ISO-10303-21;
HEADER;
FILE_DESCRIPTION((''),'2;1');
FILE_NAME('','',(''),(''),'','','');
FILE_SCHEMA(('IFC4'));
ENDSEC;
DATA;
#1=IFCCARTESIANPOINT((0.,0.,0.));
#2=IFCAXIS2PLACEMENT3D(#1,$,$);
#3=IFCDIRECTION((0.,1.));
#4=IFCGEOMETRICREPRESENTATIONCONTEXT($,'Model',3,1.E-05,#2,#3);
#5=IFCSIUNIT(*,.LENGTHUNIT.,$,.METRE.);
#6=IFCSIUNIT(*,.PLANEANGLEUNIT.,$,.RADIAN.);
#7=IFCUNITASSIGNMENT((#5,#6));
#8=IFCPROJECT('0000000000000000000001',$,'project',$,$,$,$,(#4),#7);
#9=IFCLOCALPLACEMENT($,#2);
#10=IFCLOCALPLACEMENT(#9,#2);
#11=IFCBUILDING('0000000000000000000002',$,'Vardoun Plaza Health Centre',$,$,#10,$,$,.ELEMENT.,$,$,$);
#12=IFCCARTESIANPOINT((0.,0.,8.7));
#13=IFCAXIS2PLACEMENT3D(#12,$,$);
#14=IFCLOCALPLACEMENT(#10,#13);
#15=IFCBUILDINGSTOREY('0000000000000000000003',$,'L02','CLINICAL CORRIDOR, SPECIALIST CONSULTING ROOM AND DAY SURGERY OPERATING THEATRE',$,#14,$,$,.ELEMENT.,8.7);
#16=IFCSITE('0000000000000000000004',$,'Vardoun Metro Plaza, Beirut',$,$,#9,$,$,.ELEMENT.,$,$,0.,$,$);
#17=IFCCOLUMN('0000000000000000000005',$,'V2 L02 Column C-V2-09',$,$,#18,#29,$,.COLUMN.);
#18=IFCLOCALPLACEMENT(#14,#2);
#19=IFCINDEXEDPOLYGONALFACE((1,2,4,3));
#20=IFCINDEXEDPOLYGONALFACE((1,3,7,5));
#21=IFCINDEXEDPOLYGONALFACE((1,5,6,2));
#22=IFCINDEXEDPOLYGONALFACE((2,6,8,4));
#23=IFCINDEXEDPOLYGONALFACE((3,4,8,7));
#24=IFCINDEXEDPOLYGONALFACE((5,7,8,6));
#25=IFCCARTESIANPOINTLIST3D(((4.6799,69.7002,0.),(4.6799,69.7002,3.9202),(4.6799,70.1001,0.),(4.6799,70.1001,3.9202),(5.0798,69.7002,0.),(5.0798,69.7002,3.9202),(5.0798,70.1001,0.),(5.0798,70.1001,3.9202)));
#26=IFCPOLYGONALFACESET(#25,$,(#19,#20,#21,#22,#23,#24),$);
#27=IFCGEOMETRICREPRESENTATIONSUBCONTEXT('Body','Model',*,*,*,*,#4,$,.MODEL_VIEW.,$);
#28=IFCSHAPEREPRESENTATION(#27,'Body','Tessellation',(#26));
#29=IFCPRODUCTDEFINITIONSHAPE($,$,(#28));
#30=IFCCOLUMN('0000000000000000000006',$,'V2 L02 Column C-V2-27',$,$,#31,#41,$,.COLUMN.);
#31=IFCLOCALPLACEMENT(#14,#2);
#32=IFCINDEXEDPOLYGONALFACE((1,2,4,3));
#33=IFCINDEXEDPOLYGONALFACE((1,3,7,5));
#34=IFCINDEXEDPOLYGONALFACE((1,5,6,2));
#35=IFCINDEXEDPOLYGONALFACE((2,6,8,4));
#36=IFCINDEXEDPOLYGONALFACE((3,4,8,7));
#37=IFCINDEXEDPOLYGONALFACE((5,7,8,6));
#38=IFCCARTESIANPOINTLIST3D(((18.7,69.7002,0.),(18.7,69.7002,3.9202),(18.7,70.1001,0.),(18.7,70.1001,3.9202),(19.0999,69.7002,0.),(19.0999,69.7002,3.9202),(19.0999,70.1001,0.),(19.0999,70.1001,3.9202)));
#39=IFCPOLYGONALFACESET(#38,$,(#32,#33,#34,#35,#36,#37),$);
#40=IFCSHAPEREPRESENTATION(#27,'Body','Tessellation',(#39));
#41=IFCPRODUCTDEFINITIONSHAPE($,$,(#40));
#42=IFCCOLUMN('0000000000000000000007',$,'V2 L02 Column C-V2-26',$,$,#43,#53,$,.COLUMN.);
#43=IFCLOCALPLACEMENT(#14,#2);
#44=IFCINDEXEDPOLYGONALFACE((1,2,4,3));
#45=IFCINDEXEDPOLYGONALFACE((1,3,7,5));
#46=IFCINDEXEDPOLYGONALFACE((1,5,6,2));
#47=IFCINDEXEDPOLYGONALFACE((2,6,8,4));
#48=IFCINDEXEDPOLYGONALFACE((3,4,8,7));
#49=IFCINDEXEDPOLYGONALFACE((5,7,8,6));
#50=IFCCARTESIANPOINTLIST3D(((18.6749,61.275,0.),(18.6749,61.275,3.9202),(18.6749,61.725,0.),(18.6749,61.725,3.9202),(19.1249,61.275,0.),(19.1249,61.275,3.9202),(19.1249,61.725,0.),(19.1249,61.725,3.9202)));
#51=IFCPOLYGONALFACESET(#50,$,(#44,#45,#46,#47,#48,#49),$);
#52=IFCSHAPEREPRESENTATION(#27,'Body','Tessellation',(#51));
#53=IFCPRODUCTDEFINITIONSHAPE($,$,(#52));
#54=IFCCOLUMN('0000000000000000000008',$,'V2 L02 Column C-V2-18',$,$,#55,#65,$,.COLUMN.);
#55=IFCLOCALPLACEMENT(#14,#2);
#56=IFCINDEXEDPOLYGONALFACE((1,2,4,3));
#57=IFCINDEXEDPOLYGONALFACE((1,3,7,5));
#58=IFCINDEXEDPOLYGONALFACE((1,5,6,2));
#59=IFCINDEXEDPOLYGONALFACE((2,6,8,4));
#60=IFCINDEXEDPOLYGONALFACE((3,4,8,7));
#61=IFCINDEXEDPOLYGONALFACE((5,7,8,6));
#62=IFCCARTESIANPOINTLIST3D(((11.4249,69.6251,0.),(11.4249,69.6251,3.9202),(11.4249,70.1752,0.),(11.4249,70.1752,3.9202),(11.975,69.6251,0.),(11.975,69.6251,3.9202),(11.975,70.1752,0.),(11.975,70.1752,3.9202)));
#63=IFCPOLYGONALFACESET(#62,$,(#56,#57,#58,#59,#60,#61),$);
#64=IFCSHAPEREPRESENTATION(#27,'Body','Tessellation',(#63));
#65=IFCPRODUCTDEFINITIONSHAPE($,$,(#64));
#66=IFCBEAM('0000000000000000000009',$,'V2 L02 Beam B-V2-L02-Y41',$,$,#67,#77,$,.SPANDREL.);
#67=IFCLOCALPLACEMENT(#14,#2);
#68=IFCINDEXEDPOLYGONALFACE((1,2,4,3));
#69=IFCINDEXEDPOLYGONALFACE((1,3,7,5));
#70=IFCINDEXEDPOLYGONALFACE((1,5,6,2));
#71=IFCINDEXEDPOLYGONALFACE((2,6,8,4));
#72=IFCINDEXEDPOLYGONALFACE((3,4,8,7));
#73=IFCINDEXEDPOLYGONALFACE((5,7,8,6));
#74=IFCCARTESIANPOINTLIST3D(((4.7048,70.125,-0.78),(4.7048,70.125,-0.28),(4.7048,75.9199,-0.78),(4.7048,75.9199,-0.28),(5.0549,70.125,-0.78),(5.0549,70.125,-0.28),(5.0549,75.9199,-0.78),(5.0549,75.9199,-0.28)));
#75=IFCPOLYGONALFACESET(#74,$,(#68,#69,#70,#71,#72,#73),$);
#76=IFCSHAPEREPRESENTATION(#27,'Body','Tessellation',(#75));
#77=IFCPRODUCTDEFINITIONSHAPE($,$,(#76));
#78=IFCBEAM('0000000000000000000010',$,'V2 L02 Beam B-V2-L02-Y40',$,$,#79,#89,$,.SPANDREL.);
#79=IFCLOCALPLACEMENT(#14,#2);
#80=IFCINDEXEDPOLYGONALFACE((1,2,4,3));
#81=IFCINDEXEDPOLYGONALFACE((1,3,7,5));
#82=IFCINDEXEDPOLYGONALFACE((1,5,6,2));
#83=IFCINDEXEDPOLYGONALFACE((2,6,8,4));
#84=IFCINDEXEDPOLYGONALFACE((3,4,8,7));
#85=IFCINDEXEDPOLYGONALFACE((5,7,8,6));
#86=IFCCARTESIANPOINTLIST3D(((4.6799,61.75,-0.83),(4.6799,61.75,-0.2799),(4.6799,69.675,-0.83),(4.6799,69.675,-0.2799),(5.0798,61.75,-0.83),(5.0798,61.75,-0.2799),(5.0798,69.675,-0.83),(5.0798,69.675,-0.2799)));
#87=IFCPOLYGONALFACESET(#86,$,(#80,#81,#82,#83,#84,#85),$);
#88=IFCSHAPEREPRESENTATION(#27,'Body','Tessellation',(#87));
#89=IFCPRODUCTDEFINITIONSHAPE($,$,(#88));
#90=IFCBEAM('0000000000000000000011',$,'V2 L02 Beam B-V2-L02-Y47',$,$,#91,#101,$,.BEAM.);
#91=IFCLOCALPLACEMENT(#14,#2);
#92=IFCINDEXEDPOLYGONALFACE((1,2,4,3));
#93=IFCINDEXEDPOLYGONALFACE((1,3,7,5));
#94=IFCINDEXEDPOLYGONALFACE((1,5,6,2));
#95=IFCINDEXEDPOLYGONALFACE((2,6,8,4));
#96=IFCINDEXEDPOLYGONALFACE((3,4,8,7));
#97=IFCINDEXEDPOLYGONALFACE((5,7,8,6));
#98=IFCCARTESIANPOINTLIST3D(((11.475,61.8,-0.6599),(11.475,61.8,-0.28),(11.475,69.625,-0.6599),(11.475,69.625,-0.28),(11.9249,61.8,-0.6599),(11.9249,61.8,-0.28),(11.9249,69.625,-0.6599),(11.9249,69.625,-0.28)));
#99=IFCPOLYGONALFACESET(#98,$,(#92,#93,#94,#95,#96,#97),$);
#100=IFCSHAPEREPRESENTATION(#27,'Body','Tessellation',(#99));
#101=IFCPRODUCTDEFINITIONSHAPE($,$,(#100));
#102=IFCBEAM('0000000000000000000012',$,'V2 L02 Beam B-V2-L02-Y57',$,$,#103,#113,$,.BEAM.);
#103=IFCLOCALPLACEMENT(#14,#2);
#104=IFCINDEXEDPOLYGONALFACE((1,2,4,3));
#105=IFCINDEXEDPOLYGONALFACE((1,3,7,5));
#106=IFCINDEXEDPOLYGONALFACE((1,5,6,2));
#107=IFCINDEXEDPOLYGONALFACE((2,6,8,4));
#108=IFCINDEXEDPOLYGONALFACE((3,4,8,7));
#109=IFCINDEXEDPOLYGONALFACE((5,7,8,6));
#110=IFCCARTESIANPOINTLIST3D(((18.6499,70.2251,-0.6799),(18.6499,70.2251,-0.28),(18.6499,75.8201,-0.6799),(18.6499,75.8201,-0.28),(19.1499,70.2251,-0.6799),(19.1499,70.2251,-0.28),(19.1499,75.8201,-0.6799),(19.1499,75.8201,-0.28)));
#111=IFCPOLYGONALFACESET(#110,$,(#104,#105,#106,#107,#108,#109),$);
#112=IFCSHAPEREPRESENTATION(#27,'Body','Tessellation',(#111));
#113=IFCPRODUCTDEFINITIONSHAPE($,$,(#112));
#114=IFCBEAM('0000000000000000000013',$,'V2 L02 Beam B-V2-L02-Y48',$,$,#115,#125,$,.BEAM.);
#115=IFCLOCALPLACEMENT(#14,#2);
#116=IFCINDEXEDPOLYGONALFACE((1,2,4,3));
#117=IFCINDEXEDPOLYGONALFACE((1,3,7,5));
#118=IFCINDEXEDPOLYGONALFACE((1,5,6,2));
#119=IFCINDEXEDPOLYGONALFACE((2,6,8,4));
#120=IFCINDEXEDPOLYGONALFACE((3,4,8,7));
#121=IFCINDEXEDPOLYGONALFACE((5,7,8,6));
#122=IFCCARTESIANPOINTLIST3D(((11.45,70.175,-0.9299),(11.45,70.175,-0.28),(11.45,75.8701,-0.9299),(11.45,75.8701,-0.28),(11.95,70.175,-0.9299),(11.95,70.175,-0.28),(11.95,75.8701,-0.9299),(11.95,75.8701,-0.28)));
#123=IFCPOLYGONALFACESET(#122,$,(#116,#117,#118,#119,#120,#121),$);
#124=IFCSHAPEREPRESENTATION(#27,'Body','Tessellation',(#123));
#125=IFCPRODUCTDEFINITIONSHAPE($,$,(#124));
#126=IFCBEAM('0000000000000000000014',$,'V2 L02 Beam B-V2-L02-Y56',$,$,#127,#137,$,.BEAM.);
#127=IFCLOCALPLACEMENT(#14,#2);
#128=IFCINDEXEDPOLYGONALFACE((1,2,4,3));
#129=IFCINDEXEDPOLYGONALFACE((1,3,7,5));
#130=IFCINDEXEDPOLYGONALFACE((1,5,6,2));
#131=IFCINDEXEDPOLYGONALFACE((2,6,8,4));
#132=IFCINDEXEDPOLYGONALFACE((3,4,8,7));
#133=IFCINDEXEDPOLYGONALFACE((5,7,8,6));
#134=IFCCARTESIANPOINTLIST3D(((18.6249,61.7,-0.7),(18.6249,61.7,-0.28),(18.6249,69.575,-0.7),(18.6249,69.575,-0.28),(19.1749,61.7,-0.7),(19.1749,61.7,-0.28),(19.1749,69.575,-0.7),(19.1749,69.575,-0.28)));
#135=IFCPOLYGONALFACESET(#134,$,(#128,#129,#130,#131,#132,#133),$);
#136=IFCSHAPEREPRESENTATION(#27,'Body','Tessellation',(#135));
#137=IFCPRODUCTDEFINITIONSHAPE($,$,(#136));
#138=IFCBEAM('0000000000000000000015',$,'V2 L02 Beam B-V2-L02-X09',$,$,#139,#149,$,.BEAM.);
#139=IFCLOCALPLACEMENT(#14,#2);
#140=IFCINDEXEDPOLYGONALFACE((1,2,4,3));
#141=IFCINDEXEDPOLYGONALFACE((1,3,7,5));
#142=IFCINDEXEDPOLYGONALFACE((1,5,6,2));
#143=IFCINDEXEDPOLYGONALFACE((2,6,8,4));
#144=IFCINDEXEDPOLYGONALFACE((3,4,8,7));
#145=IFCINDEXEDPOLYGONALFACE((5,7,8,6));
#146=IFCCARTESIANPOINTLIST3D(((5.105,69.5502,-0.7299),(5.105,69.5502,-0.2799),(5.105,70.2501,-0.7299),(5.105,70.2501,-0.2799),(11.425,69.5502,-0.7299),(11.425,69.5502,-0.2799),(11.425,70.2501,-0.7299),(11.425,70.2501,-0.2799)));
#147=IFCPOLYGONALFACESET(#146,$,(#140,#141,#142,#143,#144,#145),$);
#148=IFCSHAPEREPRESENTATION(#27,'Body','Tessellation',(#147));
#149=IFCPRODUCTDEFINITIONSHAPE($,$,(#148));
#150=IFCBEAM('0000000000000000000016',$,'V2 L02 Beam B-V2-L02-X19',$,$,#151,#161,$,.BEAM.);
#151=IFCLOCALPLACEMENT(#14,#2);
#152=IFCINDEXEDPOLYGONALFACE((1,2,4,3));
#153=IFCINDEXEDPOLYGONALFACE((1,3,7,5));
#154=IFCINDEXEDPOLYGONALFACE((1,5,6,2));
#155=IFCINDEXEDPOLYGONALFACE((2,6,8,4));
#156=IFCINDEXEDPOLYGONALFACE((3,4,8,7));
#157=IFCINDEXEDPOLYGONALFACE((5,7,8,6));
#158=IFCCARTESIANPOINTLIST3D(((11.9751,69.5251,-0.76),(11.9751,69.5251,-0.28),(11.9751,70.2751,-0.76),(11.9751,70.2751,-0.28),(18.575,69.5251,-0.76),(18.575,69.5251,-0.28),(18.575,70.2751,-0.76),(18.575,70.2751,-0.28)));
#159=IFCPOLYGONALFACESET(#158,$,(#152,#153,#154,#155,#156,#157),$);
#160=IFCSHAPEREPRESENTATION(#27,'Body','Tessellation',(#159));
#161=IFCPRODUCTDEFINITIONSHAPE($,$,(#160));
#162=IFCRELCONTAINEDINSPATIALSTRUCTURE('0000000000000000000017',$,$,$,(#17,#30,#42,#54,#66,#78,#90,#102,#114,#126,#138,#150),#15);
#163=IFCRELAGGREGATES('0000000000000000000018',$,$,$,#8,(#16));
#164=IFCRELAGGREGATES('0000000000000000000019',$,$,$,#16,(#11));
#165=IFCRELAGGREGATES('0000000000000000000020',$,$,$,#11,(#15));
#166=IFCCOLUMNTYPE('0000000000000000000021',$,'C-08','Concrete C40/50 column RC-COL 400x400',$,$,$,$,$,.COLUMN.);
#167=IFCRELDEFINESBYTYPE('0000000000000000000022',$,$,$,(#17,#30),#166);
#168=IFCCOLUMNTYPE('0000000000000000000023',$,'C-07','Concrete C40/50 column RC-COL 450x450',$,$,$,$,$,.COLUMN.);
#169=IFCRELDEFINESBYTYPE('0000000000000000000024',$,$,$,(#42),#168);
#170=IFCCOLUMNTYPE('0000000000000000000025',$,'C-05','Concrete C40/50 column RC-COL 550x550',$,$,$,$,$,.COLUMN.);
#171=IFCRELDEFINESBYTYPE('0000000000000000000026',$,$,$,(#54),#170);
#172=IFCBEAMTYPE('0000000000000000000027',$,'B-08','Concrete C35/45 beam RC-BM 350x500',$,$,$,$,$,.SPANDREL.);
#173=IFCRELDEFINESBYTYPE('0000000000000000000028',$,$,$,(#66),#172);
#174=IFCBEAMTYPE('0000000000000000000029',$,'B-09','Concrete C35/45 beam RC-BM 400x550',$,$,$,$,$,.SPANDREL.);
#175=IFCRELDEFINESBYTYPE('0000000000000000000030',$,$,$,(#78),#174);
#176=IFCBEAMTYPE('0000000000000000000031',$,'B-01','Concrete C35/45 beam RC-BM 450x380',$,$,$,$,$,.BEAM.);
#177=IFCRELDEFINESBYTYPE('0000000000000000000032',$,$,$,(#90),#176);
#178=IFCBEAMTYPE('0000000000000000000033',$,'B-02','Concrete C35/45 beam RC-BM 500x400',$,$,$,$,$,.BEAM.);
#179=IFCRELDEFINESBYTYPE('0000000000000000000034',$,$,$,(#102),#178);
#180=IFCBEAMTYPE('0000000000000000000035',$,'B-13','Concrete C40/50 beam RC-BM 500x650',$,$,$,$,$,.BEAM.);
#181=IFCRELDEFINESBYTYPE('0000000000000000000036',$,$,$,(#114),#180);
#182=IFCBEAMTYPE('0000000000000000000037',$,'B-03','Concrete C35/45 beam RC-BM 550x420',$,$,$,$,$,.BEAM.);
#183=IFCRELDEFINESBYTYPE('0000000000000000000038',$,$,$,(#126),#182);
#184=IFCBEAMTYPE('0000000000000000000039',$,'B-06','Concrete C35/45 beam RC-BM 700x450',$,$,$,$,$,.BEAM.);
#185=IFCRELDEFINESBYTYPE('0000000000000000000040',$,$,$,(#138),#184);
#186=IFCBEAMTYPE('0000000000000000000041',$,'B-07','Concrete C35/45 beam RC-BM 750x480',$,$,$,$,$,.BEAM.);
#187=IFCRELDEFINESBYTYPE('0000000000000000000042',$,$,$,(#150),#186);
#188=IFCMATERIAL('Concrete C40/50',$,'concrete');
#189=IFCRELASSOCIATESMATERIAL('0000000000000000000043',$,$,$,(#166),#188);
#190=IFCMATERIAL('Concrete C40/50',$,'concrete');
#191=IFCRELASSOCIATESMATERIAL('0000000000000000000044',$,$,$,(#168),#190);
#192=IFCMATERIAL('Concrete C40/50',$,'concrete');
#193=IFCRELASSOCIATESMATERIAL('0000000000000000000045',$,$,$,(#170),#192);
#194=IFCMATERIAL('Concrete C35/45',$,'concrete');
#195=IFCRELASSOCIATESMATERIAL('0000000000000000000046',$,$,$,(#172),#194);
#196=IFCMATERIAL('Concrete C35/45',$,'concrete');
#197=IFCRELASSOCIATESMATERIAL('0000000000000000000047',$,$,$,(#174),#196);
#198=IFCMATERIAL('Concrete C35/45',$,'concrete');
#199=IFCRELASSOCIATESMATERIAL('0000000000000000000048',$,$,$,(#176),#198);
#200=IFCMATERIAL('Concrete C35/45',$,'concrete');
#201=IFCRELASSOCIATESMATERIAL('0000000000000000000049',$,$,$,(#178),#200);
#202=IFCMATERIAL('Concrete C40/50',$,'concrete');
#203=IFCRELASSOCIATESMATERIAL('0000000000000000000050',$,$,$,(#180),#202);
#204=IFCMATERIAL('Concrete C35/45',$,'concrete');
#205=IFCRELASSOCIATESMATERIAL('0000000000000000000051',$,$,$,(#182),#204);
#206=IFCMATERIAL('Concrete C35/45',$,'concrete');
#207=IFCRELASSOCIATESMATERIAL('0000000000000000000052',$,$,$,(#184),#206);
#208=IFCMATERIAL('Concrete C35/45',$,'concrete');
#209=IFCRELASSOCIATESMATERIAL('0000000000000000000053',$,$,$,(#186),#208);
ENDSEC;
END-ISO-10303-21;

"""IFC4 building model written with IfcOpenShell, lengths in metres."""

from ifc_helpers import new_model, si_unit, direction, frame, origin, origin_2d, place, context, subcontext, project, spatial, rectangle, extrude, material, material_profile, profile_set, type_object, element, save


model = new_model("IFC4")

# Units and contexts
model_context = context("Model", 3, precision=1e-05, world=origin(), true_north=direction((0.0, 1.0)))
body_context = subcontext(model_context, "Body", "Model", "MODEL_VIEW")
ifc_project = project(units=[si_unit("LENGTHUNIT", "METRE"), si_unit("PLANEANGLEUNIT", "RADIAN")], contexts=[model_context])

# Site, building, storey
site_placement = place(None, origin())
site = spatial("IfcSite", under=ifc_project, at=site_placement, Name="Vardoun Metro Plaza, Beirut", CompositionType="ELEMENT", RefElevation=0.0)
building_placement = place(site_placement, origin())
building = spatial("IfcBuilding", under=site, at=building_placement, Name="Vardoun Plaza Health Centre", CompositionType="ELEMENT")
storey_placement = place(building_placement, frame((0.0, 0.0, 8.7)))
storey = spatial("IfcBuildingStorey", under=building, at=storey_placement, Name="L02", Description="CLINICAL CORRIDOR, SPECIALIST CONSULTING ROOM AND DAY SURGERY OPERATING THEATRE", CompositionType="ELEMENT", Elevation=8.7)

# Columns
ifc_material_1 = material(Name="Concrete C40/50", Category="concrete")
ifc_material_profile_1 = material_profile(ifc_material_1, rectangle(XDim=0.3999, YDim=0.3999, at=origin_2d()), Name="RC-COL 400x400")
ifc_profile_set_1 = profile_set([ifc_material_profile_1], Name="Concrete C40/50")
column_type_1 = type_object("IfcColumnType", Name="C-08", Description="Concrete C40/50 column RC-COL 400x400", PredefinedType="COLUMN", material=ifc_profile_set_1)
for number, where, z_axis, x_axis, name in (
    (1, (4.8799, 69.9001, 0.0), (0.0, 0.0, 1.0), (1.0, 0.0, 0.0), "V2 L02 Column C-V2-09"),
    (2, (18.8999, 69.9001, 0.0), (0.0, 0.0, 1.0), (1.0, 0.0, 0.0), "V2 L02 Column C-V2-27"),
):
    element("IfcColumn", number, at=place(storey_placement, frame(where, z_axis=z_axis, x_axis=x_axis)), inside=storey, type_object=column_type_1, Name=name, PredefinedType="COLUMN", context=body_context, shape_type="SweptSolid", body=[
        extrude(rectangle(XDim=0.3999, YDim=0.3999, at=origin_2d()), origin(), (0.0, 0.0, 1.0), 3.9202),
    ])
ifc_material_2 = material(Name="Concrete C40/50", Category="concrete")
ifc_material_profile_2 = material_profile(ifc_material_2, rectangle(XDim=0.45, YDim=0.45, at=origin_2d()), Name="RC-COL 450x450")
ifc_profile_set_2 = profile_set([ifc_material_profile_2], Name="Concrete C40/50")
column_type_2 = type_object("IfcColumnType", Name="C-07", Description="Concrete C40/50 column RC-COL 450x450", PredefinedType="COLUMN", material=ifc_profile_set_2)
column_1_placement = place(storey_placement, frame((18.8999, 61.5, 0.0), z_axis=(0.0, 0.0, 1.0), x_axis=(1.0, 0.0, 0.0)))
element("IfcColumn", 3, at=column_1_placement, inside=storey, type_object=column_type_2, Name="V2 L02 Column C-V2-26", PredefinedType="COLUMN", context=body_context, shape_type="SweptSolid", body=[
    extrude(rectangle(XDim=0.45, YDim=0.45, at=origin_2d()), origin(), (0.0, 0.0, 1.0), 3.9202),
])
ifc_material_3 = material(Name="Concrete C40/50", Category="concrete")
ifc_material_profile_3 = material_profile(ifc_material_3, rectangle(XDim=0.55, YDim=0.55, at=origin_2d()), Name="RC-COL 550x550")
ifc_profile_set_3 = profile_set([ifc_material_profile_3], Name="Concrete C40/50")
column_type_3 = type_object("IfcColumnType", Name="C-05", Description="Concrete C40/50 column RC-COL 550x550", PredefinedType="COLUMN", material=ifc_profile_set_3)
column_2_placement = place(storey_placement, frame((11.7, 69.9001, 0.0), z_axis=(0.0, 0.0, 1.0), x_axis=(1.0, 0.0, 0.0)))
element("IfcColumn", 4, at=column_2_placement, inside=storey, type_object=column_type_3, Name="V2 L02 Column C-V2-18", PredefinedType="COLUMN", context=body_context, shape_type="SweptSolid", body=[
    extrude(rectangle(XDim=0.55, YDim=0.55, at=origin_2d()), origin(), (0.0, 0.0, 1.0), 3.9202),
])

# Beams
ifc_material_4 = material(Name="Concrete C35/45", Category="concrete")
ifc_material_profile_4 = material_profile(ifc_material_4, rectangle(XDim=0.3501, YDim=0.5, at=origin_2d()), Name="RC-BM 350x500")
ifc_profile_set_4 = profile_set([ifc_material_profile_4], Name="Concrete C35/45")
beam_type_1 = type_object("IfcBeamType", Name="B-08", Description="Concrete C35/45 beam RC-BM 350x500", PredefinedType="SPANDREL", material=ifc_profile_set_4)
beam_1_placement = place(storey_placement, frame((4.8799, 70.125, -0.53), z_axis=(0.0, 1.0, 0.0), x_axis=(-1.0, 0.0, 0.0)))
element("IfcBeam", 5, at=beam_1_placement, inside=storey, type_object=beam_type_1, Name="V2 L02 Beam B-V2-L02-Y41", PredefinedType="SPANDREL", context=body_context, shape_type="SweptSolid", body=[
    extrude(rectangle(XDim=0.3501, YDim=0.5, at=origin_2d()), origin(), (0.0, 0.0, 1.0), 5.7949),
])
ifc_material_5 = material(Name="Concrete C35/45", Category="concrete")
ifc_material_profile_5 = material_profile(ifc_material_5, rectangle(XDim=0.3999, YDim=0.55, at=origin_2d()), Name="RC-BM 400x550")
ifc_profile_set_5 = profile_set([ifc_material_profile_5], Name="Concrete C35/45")
beam_type_2 = type_object("IfcBeamType", Name="B-09", Description="Concrete C35/45 beam RC-BM 400x550", PredefinedType="SPANDREL", material=ifc_profile_set_5)
beam_2_placement = place(storey_placement, frame((4.8799, 61.75, -0.5549), z_axis=(0.0, 1.0, 0.0), x_axis=(-1.0, 0.0, 0.0)))
element("IfcBeam", 6, at=beam_2_placement, inside=storey, type_object=beam_type_2, Name="V2 L02 Beam B-V2-L02-Y40", PredefinedType="SPANDREL", context=body_context, shape_type="SweptSolid", body=[
    extrude(rectangle(XDim=0.3999, YDim=0.55, at=origin_2d()), origin(), (0.0, 0.0, 1.0), 7.925),
])
ifc_material_6 = material(Name="Concrete C35/45", Category="concrete")
ifc_material_profile_6 = material_profile(ifc_material_6, rectangle(XDim=0.45, YDim=0.3799, at=origin_2d()), Name="RC-BM 450x380")
ifc_profile_set_6 = profile_set([ifc_material_profile_6], Name="Concrete C35/45")
beam_type_3 = type_object("IfcBeamType", Name="B-01", Description="Concrete C35/45 beam RC-BM 450x380", PredefinedType="BEAM", material=ifc_profile_set_6)
beam_3_placement = place(storey_placement, frame((11.7, 61.8, -0.47), z_axis=(0.0, 1.0, 0.0), x_axis=(-1.0, 0.0, 0.0)))
element("IfcBeam", 7, at=beam_3_placement, inside=storey, type_object=beam_type_3, Name="V2 L02 Beam B-V2-L02-Y47", PredefinedType="BEAM", context=body_context, shape_type="SweptSolid", body=[
    extrude(rectangle(XDim=0.45, YDim=0.3799, at=origin_2d()), origin(), (0.0, 0.0, 1.0), 7.825),
])
ifc_material_7 = material(Name="Concrete C35/45", Category="concrete")
ifc_material_profile_7 = material_profile(ifc_material_7, rectangle(XDim=0.5, YDim=0.3999, at=origin_2d()), Name="RC-BM 500x400")
ifc_profile_set_7 = profile_set([ifc_material_profile_7], Name="Concrete C35/45")
beam_type_4 = type_object("IfcBeamType", Name="B-02", Description="Concrete C35/45 beam RC-BM 500x400", PredefinedType="BEAM", material=ifc_profile_set_7)
beam_4_placement = place(storey_placement, frame((18.8999, 70.2251, -0.48), z_axis=(0.0, 1.0, 0.0), x_axis=(-1.0, 0.0, 0.0)))
element("IfcBeam", 8, at=beam_4_placement, inside=storey, type_object=beam_type_4, Name="V2 L02 Beam B-V2-L02-Y57", PredefinedType="BEAM", context=body_context, shape_type="SweptSolid", body=[
    extrude(rectangle(XDim=0.5, YDim=0.3999, at=origin_2d()), origin(), (0.0, 0.0, 1.0), 5.595),
])
ifc_material_8 = material(Name="Concrete C40/50", Category="concrete")
ifc_material_profile_8 = material_profile(ifc_material_8, rectangle(XDim=0.5, YDim=0.6499, at=origin_2d()), Name="RC-BM 500x650")
ifc_profile_set_8 = profile_set([ifc_material_profile_8], Name="Concrete C40/50")
beam_type_5 = type_object("IfcBeamType", Name="B-13", Description="Concrete C40/50 beam RC-BM 500x650", PredefinedType="BEAM", material=ifc_profile_set_8)
beam_5_placement = place(storey_placement, frame((11.7, 70.175, -0.605), z_axis=(0.0, 1.0, 0.0), x_axis=(-1.0, 0.0, 0.0)))
element("IfcBeam", 9, at=beam_5_placement, inside=storey, type_object=beam_type_5, Name="V2 L02 Beam B-V2-L02-Y48", PredefinedType="BEAM", context=body_context, shape_type="SweptSolid", body=[
    extrude(rectangle(XDim=0.5, YDim=0.6499, at=origin_2d()), origin(), (0.0, 0.0, 1.0), 5.6951),
])
ifc_material_9 = material(Name="Concrete C35/45", Category="concrete")
ifc_material_profile_9 = material_profile(ifc_material_9, rectangle(XDim=0.55, YDim=0.4199, at=origin_2d()), Name="RC-BM 550x420")
ifc_profile_set_9 = profile_set([ifc_material_profile_9], Name="Concrete C35/45")
beam_type_6 = type_object("IfcBeamType", Name="B-03", Description="Concrete C35/45 beam RC-BM 550x420", PredefinedType="BEAM", material=ifc_profile_set_9)
beam_6_placement = place(storey_placement, frame((18.8999, 61.7, -0.49), z_axis=(0.0, 1.0, 0.0), x_axis=(-1.0, 0.0, 0.0)))
element("IfcBeam", 10, at=beam_6_placement, inside=storey, type_object=beam_type_6, Name="V2 L02 Beam B-V2-L02-Y56", PredefinedType="BEAM", context=body_context, shape_type="SweptSolid", body=[
    extrude(rectangle(XDim=0.55, YDim=0.4199, at=origin_2d()), origin(), (0.0, 0.0, 1.0), 7.875),
])
ifc_material_10 = material(Name="Concrete C35/45", Category="concrete")
ifc_material_profile_10 = material_profile(ifc_material_10, rectangle(XDim=0.7, YDim=0.45, at=origin_2d()), Name="RC-BM 700x450")
ifc_profile_set_10 = profile_set([ifc_material_profile_10], Name="Concrete C35/45")
beam_type_7 = type_object("IfcBeamType", Name="B-06", Description="Concrete C35/45 beam RC-BM 700x450", PredefinedType="BEAM", material=ifc_profile_set_10)
beam_7_placement = place(storey_placement, frame((5.105, 69.9001, -0.5049), z_axis=(1.0, 0.0, 0.0), x_axis=(0.0, 1.0, 0.0)))
element("IfcBeam", 11, at=beam_7_placement, inside=storey, type_object=beam_type_7, Name="V2 L02 Beam B-V2-L02-X09", PredefinedType="BEAM", context=body_context, shape_type="SweptSolid", body=[
    extrude(rectangle(XDim=0.7, YDim=0.45, at=origin_2d()), origin(), (0.0, 0.0, 1.0), 6.3201),
])
ifc_material_11 = material(Name="Concrete C35/45", Category="concrete")
ifc_material_profile_11 = material_profile(ifc_material_11, rectangle(XDim=0.75, YDim=0.48, at=origin_2d()), Name="RC-BM 750x480")
ifc_profile_set_11 = profile_set([ifc_material_profile_11], Name="Concrete C35/45")
beam_type_8 = type_object("IfcBeamType", Name="B-07", Description="Concrete C35/45 beam RC-BM 750x480", PredefinedType="BEAM", material=ifc_profile_set_11)
beam_8_placement = place(storey_placement, frame((11.9751, 69.9001, -0.52), z_axis=(1.0, 0.0, 0.0), x_axis=(0.0, 1.0, 0.0)))
element("IfcBeam", 12, at=beam_8_placement, inside=storey, type_object=beam_type_8, Name="V2 L02 Beam B-V2-L02-X19", PredefinedType="BEAM", context=body_context, shape_type="SweptSolid", body=[
    extrude(rectangle(XDim=0.75, YDim=0.48, at=origin_2d()), origin(), (0.0, 0.0, 1.0), 6.5999),
])

save(model, "model.ifc")
